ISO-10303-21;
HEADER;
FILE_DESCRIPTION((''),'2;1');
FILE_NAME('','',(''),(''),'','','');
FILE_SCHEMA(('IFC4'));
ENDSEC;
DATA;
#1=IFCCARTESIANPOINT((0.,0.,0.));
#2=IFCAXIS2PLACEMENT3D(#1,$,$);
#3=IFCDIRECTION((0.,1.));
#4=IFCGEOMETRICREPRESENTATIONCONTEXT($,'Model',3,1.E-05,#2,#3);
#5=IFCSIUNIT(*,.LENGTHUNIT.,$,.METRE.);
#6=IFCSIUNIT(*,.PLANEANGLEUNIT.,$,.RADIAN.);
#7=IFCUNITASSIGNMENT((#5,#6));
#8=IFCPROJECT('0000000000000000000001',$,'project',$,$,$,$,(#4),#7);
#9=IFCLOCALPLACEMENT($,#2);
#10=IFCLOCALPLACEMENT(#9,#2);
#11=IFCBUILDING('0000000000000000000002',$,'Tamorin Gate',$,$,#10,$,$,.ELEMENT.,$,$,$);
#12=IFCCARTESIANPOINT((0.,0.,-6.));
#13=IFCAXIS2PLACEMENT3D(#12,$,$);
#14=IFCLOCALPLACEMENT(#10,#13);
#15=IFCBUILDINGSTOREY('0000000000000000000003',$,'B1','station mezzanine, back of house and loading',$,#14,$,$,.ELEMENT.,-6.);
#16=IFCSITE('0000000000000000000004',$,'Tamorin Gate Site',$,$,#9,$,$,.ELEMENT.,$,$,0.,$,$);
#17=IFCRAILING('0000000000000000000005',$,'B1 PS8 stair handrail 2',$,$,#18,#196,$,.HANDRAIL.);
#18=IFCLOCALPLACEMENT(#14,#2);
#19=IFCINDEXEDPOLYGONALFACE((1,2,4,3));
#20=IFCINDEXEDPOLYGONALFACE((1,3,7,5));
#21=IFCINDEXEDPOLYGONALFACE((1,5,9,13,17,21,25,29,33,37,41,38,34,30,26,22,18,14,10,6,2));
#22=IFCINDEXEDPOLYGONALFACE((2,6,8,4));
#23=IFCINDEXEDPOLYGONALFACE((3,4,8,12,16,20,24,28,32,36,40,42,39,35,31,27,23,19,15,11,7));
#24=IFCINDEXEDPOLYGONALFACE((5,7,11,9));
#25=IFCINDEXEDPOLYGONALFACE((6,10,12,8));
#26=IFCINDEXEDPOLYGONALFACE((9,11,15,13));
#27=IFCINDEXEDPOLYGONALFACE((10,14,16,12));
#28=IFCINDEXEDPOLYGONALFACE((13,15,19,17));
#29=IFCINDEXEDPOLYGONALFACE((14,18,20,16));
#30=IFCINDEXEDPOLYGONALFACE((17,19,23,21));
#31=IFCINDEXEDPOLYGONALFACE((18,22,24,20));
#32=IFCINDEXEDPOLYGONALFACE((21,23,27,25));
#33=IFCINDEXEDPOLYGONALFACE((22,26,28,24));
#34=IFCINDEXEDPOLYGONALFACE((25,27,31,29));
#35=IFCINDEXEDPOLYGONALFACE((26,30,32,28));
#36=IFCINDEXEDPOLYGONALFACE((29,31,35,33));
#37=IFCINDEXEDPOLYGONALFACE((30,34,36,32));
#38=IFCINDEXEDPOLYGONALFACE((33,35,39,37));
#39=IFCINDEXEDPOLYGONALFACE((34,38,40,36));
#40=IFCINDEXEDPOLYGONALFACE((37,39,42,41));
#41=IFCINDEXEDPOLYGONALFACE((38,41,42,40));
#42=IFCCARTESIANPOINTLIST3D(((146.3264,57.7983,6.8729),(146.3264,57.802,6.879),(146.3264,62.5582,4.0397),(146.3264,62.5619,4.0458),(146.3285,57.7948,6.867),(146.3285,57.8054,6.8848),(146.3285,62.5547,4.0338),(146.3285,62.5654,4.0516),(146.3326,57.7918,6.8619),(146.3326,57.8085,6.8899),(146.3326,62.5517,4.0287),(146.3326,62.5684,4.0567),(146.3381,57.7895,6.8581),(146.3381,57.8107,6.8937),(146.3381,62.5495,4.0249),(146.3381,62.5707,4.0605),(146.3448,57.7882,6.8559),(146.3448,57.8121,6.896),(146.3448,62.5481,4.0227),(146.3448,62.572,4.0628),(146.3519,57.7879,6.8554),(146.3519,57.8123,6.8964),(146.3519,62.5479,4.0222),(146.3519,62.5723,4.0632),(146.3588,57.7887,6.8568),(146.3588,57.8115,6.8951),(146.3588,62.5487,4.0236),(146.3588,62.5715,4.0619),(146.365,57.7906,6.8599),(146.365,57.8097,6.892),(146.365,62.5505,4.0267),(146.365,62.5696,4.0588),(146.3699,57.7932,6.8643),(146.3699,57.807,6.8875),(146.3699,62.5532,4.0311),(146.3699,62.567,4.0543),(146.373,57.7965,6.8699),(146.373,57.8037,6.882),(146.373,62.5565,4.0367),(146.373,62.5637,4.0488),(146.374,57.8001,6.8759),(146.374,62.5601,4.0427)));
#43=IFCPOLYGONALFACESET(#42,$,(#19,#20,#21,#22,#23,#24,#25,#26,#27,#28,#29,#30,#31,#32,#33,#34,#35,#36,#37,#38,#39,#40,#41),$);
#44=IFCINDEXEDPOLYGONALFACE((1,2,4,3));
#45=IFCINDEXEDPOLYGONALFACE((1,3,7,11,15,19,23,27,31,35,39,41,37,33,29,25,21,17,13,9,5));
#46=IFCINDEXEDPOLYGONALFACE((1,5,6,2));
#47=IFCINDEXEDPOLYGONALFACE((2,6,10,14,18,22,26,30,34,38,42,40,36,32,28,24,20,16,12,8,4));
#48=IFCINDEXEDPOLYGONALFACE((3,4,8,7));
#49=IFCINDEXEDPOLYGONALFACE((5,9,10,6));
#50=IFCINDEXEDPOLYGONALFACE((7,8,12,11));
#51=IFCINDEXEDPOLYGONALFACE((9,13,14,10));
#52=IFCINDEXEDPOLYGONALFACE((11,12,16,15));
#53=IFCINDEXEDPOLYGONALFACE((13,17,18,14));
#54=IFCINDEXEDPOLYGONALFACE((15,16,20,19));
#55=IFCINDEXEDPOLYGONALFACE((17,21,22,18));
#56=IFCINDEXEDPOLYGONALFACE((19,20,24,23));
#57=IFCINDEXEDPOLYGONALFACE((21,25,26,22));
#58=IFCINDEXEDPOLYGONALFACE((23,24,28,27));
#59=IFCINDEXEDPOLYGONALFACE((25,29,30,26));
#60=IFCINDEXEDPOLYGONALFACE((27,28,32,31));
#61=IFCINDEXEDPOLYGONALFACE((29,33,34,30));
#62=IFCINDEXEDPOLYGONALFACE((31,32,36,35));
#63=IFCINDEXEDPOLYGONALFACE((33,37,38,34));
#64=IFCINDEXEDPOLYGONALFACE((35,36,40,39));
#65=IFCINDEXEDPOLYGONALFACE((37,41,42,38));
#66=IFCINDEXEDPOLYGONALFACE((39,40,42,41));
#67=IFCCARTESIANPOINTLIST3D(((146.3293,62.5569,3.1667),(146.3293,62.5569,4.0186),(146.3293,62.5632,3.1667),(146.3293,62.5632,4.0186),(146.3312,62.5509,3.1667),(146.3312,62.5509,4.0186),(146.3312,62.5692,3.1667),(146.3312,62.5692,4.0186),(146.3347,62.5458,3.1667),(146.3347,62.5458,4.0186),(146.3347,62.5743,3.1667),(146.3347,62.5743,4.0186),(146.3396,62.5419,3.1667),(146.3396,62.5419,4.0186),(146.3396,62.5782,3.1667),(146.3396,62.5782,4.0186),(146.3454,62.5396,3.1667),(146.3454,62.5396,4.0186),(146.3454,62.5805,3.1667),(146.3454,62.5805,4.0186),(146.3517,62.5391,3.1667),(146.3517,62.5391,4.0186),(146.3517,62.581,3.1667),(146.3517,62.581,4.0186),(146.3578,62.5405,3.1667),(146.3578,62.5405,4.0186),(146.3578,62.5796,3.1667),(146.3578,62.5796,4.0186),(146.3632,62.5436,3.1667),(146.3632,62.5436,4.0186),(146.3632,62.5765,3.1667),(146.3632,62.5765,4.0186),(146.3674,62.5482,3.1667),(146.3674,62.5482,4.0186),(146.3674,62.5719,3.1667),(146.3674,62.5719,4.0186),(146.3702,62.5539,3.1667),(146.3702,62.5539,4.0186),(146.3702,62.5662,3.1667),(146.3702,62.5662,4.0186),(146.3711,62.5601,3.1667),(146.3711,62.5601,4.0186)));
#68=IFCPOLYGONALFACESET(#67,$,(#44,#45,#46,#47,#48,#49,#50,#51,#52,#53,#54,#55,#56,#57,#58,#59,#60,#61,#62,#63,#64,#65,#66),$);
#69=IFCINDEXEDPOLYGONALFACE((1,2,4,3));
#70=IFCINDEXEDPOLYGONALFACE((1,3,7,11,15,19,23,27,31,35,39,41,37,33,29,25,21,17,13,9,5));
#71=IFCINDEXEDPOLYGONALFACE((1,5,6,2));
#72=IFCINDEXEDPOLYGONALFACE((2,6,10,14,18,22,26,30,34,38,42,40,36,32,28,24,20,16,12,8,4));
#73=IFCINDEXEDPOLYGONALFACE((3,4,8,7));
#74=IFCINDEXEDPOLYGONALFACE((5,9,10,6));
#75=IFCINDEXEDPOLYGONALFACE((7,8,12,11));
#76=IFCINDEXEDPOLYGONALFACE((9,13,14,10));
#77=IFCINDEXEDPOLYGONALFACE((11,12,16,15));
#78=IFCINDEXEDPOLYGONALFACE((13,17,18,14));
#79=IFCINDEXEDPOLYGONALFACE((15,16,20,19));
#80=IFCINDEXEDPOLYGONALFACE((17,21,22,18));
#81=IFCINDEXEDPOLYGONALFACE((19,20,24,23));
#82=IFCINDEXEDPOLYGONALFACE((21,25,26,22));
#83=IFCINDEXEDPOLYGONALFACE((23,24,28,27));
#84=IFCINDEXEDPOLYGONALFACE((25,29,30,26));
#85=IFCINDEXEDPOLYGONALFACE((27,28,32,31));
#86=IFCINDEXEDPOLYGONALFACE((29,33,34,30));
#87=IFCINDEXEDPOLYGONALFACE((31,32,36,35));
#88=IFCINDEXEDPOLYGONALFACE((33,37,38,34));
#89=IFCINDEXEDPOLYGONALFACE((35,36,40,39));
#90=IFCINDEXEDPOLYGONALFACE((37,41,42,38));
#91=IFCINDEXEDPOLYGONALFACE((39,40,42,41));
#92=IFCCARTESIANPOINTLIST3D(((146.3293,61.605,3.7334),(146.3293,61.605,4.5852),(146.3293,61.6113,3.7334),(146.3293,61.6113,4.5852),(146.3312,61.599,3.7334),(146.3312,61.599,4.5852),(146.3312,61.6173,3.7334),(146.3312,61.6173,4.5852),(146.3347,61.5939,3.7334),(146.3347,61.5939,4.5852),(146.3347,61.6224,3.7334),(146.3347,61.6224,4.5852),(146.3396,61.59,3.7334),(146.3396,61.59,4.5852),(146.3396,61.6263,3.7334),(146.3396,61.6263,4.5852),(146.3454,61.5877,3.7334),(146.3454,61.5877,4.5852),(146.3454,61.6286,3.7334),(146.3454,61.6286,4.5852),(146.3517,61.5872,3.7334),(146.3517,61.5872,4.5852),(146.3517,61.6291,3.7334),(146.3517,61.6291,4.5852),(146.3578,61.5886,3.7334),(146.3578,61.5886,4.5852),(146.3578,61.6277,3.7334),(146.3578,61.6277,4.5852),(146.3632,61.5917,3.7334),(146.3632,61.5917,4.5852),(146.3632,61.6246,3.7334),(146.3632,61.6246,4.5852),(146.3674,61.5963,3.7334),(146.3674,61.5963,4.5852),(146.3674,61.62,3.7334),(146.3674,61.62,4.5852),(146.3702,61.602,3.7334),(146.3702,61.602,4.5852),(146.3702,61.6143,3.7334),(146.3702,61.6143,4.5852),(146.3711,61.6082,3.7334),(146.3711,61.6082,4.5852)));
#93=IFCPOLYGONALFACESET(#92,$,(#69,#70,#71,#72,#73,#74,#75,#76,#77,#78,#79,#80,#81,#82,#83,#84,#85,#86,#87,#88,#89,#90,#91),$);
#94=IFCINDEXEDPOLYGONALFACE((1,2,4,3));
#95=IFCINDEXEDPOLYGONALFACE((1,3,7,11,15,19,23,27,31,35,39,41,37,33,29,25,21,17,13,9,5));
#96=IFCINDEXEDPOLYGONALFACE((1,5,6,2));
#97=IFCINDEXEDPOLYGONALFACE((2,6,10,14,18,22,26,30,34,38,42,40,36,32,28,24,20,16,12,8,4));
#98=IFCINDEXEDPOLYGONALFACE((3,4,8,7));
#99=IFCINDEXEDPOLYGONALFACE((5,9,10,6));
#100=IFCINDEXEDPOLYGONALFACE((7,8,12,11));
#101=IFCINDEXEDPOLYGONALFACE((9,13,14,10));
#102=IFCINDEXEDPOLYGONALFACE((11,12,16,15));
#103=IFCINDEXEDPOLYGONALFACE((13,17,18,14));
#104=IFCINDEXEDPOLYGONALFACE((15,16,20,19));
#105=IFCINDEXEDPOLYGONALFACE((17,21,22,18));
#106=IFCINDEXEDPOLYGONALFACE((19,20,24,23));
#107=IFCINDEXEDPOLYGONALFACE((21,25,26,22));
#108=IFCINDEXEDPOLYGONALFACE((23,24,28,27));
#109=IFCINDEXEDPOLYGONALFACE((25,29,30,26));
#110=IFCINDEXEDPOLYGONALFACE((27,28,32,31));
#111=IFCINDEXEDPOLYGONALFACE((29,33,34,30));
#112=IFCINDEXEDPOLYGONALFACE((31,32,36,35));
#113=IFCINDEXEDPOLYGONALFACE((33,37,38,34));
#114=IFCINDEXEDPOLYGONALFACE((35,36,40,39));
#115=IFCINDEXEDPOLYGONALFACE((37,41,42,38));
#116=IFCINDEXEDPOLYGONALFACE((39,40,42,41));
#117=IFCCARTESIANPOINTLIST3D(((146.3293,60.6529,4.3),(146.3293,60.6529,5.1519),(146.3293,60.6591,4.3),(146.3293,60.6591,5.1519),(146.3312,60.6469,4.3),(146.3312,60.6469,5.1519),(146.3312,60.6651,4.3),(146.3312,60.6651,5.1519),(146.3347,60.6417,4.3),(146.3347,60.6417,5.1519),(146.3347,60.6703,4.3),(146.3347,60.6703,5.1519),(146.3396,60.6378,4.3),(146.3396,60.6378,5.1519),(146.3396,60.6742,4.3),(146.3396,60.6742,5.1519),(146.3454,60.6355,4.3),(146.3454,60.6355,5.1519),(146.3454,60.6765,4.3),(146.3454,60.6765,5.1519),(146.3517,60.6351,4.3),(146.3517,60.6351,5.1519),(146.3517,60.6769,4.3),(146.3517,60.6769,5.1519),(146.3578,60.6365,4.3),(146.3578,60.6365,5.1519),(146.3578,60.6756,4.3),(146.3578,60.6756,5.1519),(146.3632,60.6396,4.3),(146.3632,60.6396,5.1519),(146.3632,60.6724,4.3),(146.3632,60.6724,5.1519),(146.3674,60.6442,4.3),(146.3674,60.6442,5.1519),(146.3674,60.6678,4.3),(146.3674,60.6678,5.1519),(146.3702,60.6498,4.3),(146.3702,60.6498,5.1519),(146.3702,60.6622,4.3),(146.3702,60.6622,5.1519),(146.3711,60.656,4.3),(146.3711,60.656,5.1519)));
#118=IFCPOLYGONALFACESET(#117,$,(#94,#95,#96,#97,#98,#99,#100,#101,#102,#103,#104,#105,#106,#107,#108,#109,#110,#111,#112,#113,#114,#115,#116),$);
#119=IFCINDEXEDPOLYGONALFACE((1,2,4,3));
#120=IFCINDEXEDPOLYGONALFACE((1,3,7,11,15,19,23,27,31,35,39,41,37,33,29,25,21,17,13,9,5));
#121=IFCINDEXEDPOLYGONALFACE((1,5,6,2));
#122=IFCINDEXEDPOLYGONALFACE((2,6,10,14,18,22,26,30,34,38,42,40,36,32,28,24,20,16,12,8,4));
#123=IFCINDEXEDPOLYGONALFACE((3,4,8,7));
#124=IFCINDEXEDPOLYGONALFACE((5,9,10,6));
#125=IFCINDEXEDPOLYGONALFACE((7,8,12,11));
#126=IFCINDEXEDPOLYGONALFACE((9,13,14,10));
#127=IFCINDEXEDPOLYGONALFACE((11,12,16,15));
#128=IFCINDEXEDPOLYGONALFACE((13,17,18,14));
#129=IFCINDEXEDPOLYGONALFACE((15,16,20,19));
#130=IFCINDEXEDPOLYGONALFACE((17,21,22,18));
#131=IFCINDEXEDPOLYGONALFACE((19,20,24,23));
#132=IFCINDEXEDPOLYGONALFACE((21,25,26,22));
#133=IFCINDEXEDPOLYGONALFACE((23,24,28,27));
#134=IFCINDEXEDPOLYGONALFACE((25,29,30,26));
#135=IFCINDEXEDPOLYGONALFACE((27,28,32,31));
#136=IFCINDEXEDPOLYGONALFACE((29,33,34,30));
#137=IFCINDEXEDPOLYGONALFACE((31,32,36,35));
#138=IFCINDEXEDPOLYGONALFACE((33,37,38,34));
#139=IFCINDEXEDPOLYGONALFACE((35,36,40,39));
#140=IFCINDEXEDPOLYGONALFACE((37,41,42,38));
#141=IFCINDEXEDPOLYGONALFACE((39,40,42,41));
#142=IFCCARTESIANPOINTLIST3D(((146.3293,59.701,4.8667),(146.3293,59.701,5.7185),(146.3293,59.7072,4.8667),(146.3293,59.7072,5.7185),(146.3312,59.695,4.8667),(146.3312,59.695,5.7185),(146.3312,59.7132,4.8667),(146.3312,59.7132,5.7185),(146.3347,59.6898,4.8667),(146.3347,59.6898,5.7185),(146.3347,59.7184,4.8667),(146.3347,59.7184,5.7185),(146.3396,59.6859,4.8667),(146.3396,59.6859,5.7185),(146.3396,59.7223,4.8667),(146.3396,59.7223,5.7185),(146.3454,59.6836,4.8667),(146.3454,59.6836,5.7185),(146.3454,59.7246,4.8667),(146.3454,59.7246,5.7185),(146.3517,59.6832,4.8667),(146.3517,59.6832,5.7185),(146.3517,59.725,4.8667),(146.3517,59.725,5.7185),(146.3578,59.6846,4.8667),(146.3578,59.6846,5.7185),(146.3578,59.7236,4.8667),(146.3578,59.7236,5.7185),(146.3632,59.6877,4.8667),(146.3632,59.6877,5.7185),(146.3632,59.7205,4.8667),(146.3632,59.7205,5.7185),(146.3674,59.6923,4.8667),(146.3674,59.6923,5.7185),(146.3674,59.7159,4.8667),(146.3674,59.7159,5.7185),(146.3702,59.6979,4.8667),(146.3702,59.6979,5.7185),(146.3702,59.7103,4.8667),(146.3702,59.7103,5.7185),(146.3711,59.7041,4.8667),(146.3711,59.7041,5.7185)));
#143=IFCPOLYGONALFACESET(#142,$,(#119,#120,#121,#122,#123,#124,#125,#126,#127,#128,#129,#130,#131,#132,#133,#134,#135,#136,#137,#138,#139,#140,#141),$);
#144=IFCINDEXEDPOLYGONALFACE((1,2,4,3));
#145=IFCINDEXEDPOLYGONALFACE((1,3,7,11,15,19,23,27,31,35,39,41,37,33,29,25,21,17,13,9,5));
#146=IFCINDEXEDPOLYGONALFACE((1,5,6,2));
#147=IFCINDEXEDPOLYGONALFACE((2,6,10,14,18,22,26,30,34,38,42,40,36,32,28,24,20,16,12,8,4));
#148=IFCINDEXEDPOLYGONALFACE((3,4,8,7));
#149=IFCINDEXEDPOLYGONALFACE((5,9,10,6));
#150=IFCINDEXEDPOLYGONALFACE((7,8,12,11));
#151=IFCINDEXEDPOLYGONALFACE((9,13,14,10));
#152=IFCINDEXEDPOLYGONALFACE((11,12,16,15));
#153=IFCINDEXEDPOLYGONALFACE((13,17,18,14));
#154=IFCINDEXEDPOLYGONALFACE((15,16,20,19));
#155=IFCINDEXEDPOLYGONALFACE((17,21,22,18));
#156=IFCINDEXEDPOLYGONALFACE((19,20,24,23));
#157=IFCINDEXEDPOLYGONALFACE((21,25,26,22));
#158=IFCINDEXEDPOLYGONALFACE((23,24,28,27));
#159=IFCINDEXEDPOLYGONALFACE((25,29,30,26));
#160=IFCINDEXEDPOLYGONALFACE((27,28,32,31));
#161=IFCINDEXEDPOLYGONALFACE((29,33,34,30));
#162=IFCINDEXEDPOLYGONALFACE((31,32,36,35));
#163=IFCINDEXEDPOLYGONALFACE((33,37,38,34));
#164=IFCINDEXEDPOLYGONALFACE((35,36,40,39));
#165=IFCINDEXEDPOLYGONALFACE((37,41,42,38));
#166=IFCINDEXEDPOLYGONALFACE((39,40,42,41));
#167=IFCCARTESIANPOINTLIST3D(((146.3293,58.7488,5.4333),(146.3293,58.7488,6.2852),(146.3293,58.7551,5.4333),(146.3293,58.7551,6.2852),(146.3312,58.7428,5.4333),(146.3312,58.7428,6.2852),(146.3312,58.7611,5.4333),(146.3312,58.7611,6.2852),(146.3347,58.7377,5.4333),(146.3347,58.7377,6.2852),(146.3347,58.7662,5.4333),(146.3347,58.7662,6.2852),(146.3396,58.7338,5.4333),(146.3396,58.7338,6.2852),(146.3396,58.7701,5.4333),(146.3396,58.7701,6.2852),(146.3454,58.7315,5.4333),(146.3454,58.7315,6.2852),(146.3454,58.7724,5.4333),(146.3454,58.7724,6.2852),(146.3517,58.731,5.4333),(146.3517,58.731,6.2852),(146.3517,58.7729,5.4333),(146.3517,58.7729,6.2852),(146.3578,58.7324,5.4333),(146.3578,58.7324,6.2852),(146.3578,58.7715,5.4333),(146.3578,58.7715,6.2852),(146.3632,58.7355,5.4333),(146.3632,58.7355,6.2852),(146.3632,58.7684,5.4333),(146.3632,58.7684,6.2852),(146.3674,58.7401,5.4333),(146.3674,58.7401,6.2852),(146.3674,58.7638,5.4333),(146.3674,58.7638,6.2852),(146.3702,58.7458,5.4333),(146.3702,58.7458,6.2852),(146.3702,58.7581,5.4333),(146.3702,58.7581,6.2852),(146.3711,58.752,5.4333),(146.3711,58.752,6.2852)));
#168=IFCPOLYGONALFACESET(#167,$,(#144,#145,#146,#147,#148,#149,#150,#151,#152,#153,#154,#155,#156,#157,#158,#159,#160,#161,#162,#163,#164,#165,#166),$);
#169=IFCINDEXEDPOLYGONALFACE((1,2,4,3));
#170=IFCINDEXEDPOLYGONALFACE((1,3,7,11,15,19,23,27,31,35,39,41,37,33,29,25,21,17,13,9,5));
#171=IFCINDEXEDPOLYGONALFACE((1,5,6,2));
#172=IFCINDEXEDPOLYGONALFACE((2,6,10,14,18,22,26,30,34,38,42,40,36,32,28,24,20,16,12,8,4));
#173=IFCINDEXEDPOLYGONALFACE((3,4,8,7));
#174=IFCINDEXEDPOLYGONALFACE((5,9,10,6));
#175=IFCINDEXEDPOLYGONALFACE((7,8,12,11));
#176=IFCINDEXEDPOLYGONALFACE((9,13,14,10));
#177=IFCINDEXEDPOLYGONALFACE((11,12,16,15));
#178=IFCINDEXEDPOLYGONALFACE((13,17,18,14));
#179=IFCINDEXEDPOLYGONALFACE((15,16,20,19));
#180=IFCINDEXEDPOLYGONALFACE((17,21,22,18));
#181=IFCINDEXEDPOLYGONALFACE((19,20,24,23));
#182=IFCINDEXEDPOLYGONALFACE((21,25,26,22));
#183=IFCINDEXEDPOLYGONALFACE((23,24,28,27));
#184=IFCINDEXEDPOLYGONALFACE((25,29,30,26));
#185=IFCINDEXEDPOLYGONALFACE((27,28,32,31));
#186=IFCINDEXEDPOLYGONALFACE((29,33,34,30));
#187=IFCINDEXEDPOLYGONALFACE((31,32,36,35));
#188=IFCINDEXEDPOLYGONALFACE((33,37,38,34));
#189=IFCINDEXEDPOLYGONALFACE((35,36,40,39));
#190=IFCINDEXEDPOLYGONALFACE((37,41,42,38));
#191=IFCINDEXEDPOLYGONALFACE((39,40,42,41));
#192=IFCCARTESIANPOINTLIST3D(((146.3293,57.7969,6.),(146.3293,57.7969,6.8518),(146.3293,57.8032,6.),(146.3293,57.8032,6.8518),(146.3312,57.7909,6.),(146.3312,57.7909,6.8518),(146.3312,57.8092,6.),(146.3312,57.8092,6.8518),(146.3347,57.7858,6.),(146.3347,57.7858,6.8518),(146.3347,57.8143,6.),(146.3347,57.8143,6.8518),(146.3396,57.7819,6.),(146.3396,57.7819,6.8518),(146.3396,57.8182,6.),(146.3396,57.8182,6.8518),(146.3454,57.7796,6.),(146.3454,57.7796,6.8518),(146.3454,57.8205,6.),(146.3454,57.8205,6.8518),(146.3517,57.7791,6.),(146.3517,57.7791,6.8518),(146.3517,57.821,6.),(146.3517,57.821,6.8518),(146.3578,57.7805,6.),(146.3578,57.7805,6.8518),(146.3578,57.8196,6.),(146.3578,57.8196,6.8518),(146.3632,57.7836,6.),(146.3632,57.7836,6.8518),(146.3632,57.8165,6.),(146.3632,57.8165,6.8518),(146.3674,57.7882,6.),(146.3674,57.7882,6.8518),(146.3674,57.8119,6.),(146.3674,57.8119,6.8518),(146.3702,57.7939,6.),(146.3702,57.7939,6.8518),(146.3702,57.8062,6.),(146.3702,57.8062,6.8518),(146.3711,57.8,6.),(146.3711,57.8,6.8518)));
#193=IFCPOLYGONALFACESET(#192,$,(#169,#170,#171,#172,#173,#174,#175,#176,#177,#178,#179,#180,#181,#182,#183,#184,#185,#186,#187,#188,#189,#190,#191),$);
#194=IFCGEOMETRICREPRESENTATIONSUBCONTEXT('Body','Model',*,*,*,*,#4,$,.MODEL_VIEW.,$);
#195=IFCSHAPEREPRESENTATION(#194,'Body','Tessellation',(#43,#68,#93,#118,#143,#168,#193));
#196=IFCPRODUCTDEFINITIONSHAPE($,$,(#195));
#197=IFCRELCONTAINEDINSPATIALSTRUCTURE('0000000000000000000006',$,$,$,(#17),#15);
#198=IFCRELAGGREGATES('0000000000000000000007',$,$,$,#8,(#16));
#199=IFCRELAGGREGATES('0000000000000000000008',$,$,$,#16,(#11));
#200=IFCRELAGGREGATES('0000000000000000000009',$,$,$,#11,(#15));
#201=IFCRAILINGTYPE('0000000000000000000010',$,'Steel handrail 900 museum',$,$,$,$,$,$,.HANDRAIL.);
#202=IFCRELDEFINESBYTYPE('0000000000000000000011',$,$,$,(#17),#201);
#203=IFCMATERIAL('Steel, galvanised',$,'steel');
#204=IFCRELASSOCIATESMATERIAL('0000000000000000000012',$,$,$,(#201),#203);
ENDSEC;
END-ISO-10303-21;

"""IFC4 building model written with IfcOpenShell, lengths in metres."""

from ifc_helpers import new_model, si_unit, direction, frame, origin, origin_2d, place, context, subcontext, project, spatial, circle, extrude, material, type_object, element, save


model = new_model("IFC4")

# Units and contexts
model_context = context("Model", 3, precision=1e-05, world=origin(), true_north=direction((0.0, 1.0)))
body_context = subcontext(model_context, "Body", "Model", "MODEL_VIEW")
ifc_project = project(units=[si_unit("LENGTHUNIT", "METRE"), si_unit("PLANEANGLEUNIT", "RADIAN")], contexts=[model_context])

# Site, building, storey
site_placement = place(None, origin())
site = spatial("IfcSite", under=ifc_project, at=site_placement, Name="Tamorin Gate Site", CompositionType="ELEMENT", RefElevation=0.0)
building_placement = place(site_placement, origin())
building = spatial("IfcBuilding", under=site, at=building_placement, Name="Tamorin Gate", CompositionType="ELEMENT")
storey_placement = place(building_placement, frame((0.0, 0.0, -6.0)))
storey = spatial("IfcBuildingStorey", under=building, at=storey_placement, Name="B1", Description="station mezzanine, back of house and loading", CompositionType="ELEMENT", Elevation=-6.0)

# Railing
ifc_material_1 = material(Name="Steel, galvanised", Category="steel")
railing_type_1 = type_object("IfcRailingType", Name="Steel handrail 900 museum", PredefinedType="HANDRAIL", material=ifc_material_1)
railing_1_placement = place(storey_placement, frame((146.3501, 62.5601, 3.1667)))
element("IfcRailing", 1, at=railing_1_placement, inside=storey, type_object=railing_type_1, Name="B1 PS8 stair handrail 2", PredefinedType="HANDRAIL", context=body_context, shape_type="SweptSolid", body=[
    extrude(circle(Radius=0.0239, at=origin_2d()), frame((0.0, 0.0, 0.876), z_axis=(0.0, -0.8593, 0.511472), x_axis=(1.0, 0.0, 0.0)), (0.0, 0.0, 1.0), 5.5393),
    extrude(circle(Radius=0.021, at=origin_2d()), origin(), (0.0, 0.0, 1.0), 0.8518),
    extrude(circle(Radius=0.021, at=origin_2d()), frame((0.0, -0.9519, 0.5667)), (0.0, 0.0, 1.0), 0.8518),
    extrude(circle(Radius=0.021, at=origin_2d()), frame((0.0, -1.9041, 1.1333)), (0.0, 0.0, 1.0), 0.8518),
    extrude(circle(Radius=0.021, at=origin_2d()), frame((0.0, -2.856, 1.7)), (0.0, 0.0, 1.0), 0.8518),
    extrude(circle(Radius=0.021, at=origin_2d()), frame((0.0, -3.8081, 2.2666)), (0.0, 0.0, 1.0), 0.8518),
    extrude(circle(Radius=0.021, at=origin_2d()), frame((0.0, -4.76, 2.8333)), (0.0, 0.0, 1.0), 0.8518),
])

save(model, "model.ifc")
